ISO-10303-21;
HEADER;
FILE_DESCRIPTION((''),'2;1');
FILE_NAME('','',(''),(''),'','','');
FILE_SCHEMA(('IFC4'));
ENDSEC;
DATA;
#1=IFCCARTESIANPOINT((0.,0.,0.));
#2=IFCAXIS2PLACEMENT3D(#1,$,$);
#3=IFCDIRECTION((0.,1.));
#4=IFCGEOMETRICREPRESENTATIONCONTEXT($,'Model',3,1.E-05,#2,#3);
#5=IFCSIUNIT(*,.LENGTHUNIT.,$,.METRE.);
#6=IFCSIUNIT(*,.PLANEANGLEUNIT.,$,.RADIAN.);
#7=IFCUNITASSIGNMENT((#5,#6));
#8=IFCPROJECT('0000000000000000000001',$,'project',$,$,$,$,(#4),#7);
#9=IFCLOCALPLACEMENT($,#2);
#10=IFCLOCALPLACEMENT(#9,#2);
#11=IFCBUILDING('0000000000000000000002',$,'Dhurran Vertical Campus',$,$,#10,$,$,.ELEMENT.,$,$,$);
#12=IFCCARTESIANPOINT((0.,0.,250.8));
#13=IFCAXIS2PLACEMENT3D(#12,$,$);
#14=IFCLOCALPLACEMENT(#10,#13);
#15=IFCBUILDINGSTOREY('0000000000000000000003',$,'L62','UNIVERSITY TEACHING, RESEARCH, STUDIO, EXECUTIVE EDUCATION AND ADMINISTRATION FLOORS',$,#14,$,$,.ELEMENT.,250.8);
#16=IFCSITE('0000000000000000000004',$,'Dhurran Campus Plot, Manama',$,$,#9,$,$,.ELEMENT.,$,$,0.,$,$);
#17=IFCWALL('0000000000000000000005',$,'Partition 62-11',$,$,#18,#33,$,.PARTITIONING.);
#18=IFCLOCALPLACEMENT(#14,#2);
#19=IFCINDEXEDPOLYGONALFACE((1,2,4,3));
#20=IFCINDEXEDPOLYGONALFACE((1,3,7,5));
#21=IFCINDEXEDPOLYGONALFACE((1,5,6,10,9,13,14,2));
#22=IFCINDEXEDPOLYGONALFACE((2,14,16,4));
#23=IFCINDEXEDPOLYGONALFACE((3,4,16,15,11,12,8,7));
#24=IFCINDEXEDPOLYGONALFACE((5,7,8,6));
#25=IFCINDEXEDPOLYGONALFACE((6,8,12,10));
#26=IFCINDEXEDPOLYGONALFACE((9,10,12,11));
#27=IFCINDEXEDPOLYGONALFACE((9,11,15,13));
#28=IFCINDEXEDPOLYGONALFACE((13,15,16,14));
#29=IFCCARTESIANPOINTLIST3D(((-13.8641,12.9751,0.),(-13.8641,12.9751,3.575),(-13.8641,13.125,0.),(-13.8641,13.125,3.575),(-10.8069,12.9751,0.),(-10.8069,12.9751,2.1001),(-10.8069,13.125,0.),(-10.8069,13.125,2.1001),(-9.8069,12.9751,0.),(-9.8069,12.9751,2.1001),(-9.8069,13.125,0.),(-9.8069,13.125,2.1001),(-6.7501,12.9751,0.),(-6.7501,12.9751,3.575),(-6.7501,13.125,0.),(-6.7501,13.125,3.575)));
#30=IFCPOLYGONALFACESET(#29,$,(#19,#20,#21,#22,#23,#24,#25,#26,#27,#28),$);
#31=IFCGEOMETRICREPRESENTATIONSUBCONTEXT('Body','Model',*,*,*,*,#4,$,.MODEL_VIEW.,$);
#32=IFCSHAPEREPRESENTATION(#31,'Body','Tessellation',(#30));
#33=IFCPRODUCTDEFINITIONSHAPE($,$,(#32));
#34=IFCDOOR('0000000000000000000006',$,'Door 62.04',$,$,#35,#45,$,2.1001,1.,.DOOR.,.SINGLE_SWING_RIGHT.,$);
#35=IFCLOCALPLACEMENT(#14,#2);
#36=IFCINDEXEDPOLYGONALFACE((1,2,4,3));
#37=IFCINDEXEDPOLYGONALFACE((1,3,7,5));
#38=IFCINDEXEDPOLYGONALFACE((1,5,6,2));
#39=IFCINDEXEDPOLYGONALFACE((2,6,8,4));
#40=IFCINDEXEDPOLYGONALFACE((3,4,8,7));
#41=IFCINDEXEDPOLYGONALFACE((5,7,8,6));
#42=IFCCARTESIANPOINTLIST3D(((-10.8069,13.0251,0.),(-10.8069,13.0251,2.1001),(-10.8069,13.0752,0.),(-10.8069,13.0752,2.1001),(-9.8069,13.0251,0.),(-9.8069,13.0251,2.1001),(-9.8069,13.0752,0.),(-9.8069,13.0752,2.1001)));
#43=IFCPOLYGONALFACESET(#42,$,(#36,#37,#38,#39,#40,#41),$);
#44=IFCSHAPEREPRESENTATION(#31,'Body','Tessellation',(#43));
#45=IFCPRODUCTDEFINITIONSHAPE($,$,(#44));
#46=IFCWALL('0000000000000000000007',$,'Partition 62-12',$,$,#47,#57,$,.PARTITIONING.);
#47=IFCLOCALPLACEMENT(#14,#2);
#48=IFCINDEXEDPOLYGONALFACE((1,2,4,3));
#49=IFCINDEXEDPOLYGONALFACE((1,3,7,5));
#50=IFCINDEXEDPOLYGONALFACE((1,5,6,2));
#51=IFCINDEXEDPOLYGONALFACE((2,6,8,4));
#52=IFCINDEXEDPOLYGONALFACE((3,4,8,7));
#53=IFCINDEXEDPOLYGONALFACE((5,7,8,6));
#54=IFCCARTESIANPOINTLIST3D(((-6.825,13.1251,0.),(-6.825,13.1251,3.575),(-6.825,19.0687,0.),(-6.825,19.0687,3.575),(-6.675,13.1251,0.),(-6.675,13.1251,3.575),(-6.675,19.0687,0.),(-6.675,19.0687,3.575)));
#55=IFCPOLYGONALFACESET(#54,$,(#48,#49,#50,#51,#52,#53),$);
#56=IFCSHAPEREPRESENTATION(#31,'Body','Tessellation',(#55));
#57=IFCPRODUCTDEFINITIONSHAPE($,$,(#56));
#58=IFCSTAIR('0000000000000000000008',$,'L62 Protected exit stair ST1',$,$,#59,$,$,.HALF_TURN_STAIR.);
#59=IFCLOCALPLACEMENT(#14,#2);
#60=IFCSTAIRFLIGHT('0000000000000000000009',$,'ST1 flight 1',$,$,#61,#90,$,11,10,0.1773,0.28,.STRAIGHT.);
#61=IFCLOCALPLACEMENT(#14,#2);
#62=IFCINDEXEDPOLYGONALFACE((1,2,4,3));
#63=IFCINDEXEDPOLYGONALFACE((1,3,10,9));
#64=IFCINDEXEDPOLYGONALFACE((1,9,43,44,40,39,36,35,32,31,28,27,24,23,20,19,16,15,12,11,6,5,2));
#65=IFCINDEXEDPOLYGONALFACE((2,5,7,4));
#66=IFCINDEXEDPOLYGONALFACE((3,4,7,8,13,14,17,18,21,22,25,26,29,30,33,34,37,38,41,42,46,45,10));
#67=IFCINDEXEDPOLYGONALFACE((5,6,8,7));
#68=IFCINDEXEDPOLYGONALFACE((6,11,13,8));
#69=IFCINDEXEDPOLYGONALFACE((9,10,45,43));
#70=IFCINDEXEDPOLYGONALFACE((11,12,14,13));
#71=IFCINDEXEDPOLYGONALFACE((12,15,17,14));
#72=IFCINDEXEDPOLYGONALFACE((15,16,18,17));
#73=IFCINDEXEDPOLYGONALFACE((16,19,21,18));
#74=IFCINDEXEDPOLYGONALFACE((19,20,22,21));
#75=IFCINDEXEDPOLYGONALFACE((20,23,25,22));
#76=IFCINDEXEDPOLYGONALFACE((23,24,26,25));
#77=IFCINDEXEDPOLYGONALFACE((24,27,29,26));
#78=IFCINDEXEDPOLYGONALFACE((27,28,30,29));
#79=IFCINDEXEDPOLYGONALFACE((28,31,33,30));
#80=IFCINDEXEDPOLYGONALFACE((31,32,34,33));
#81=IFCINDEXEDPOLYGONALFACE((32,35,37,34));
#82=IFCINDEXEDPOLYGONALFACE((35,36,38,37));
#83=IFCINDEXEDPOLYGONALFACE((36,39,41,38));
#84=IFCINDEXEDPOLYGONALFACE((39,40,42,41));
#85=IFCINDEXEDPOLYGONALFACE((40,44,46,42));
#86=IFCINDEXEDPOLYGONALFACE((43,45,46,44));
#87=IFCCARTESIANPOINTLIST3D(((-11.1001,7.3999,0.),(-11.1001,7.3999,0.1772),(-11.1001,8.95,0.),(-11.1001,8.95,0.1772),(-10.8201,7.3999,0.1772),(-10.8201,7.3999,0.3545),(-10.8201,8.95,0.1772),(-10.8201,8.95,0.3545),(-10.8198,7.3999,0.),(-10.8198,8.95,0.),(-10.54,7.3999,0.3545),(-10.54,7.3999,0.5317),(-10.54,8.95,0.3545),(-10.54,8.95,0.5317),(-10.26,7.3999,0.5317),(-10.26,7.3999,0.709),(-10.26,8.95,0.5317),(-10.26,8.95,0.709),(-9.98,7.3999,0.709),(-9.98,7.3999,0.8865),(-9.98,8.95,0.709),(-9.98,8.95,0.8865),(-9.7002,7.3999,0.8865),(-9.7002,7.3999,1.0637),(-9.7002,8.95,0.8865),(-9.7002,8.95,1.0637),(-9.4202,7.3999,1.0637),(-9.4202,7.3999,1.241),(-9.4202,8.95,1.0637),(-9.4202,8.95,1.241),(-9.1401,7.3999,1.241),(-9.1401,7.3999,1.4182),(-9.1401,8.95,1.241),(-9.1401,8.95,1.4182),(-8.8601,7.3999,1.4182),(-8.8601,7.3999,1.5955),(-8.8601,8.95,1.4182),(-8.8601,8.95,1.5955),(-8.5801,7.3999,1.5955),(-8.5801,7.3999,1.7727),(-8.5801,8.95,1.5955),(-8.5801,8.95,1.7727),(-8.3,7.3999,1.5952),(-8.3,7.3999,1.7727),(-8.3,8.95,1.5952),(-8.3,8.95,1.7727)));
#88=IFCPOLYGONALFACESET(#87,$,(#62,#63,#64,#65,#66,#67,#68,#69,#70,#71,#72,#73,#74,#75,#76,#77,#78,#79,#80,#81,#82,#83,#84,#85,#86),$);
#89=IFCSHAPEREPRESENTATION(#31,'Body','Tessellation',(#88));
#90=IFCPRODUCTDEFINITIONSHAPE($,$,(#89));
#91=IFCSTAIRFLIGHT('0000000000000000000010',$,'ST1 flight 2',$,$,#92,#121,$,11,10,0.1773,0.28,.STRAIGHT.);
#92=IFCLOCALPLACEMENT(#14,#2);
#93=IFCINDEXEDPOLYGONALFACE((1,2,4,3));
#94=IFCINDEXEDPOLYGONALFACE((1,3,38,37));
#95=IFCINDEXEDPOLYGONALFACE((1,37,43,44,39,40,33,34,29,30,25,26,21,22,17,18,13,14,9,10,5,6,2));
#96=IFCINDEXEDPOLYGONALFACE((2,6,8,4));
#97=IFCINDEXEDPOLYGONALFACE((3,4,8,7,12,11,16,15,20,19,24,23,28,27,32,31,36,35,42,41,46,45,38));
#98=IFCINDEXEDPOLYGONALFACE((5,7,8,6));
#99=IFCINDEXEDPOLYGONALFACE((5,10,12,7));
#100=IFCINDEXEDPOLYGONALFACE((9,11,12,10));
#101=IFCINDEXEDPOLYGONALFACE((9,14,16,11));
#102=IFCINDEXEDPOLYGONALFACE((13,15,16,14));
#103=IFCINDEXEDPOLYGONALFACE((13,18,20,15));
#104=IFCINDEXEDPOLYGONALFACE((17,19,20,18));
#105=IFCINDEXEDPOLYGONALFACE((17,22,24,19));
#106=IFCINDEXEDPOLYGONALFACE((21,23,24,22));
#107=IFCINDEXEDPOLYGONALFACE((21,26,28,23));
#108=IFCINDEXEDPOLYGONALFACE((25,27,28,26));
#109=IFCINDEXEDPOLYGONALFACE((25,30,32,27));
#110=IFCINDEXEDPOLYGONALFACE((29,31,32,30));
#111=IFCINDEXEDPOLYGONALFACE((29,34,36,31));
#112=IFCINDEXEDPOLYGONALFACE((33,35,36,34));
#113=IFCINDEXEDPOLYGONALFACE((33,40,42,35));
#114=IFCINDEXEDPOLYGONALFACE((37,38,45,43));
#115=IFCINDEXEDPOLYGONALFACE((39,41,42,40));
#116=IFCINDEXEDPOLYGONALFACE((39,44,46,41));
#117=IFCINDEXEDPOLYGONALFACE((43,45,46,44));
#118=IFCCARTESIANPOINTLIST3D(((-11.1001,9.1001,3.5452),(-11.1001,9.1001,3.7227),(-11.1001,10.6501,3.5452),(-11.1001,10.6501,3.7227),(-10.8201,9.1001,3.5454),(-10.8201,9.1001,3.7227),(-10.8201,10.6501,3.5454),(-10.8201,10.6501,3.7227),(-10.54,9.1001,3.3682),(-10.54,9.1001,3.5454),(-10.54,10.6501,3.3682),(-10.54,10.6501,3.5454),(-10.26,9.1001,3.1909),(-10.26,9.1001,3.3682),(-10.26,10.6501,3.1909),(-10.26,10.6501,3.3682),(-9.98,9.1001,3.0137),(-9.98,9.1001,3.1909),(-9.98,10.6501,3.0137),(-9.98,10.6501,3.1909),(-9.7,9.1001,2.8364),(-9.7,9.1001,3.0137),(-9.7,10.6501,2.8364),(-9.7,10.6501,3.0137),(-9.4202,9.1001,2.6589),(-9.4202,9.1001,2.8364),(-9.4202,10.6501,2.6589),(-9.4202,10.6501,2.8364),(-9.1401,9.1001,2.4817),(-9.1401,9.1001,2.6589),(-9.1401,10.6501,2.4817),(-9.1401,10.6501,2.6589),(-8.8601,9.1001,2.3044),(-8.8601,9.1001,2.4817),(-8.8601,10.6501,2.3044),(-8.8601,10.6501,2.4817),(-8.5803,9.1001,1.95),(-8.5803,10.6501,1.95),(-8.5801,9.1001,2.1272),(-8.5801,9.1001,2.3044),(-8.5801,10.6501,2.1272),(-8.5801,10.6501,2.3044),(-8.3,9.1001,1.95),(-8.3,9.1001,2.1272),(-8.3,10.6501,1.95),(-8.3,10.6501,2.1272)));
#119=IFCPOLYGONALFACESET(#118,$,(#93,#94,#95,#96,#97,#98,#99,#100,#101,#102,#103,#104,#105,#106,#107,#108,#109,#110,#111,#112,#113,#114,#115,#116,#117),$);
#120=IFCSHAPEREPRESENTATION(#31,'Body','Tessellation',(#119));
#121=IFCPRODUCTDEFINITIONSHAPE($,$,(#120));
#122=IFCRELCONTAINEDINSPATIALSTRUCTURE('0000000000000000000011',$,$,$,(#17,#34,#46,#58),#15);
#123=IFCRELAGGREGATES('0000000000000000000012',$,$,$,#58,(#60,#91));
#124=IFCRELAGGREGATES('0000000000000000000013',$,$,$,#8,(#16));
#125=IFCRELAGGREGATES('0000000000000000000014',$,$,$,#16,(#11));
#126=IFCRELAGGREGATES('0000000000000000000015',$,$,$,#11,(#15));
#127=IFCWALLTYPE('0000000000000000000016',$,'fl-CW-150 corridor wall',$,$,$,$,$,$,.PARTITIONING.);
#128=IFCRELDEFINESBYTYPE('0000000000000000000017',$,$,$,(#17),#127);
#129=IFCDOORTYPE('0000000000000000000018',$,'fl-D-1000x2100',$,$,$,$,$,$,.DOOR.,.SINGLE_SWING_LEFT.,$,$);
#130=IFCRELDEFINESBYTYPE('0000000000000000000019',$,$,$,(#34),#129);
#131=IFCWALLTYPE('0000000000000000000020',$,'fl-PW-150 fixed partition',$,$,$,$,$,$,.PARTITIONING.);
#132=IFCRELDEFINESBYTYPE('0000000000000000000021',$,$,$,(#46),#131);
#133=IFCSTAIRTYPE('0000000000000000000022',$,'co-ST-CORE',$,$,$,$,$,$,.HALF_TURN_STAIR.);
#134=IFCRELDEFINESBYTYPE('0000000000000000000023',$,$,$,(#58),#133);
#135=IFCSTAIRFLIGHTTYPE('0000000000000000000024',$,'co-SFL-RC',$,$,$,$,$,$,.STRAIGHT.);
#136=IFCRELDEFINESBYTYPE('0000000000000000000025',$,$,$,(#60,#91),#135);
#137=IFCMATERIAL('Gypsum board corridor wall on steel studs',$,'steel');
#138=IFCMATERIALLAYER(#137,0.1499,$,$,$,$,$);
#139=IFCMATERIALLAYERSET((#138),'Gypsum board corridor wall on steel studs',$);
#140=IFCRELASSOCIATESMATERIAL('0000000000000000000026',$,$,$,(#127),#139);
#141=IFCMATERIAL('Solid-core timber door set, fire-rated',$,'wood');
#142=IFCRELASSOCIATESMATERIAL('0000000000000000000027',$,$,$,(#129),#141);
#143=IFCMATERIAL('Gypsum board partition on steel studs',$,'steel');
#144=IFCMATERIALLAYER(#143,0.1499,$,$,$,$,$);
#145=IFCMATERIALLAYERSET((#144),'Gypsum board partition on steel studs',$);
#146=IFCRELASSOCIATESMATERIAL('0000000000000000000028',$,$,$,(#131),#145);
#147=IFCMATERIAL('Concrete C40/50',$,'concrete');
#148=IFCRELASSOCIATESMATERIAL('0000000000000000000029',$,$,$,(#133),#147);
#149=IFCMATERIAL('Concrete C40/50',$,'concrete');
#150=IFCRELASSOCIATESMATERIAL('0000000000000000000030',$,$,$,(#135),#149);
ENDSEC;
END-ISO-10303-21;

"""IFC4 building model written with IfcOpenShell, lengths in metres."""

from ifc_helpers import new_model, si_unit, direction, frame, frame_2d, origin, place, context, subcontext, project, spatial, polyline, rectangle, outline, extrude, material, layer, layer_set, type_object, element, fill, aggregate, save


model = new_model("IFC4")

# Units and contexts
model_context = context("Model", 3, precision=1e-05, world=origin(), true_north=direction((0.0, 1.0)))
body_context = subcontext(model_context, "Body", "Model", "MODEL_VIEW")
ifc_project = project(units=[si_unit("LENGTHUNIT", "METRE"), si_unit("PLANEANGLEUNIT", "RADIAN")], contexts=[model_context])

# Site, building, storey
site_placement = place(None, origin())
site = spatial("IfcSite", under=ifc_project, at=site_placement, Name="Dhurran Campus Plot, Manama", CompositionType="ELEMENT", RefElevation=0.0)
building_placement = place(site_placement, origin())
building = spatial("IfcBuilding", under=site, at=building_placement, Name="Dhurran Vertical Campus", CompositionType="ELEMENT")
storey_placement = place(building_placement, frame((0.0, 0.0, 250.8)))
storey = spatial("IfcBuildingStorey", under=building, at=storey_placement, Name="L62", Description="UNIVERSITY TEACHING, RESEARCH, STUDIO, EXECUTIVE EDUCATION AND ADMINISTRATION FLOORS", CompositionType="ELEMENT", Elevation=250.8)

# Wall, opening, door
ifc_material_1 = material(Name="Gypsum board corridor wall on steel studs", Category="steel")
ifc_layer_1 = layer(ifc_material_1, 0.1499)
ifc_layer_set_1 = layer_set([ifc_layer_1], Name="Gypsum board corridor wall on steel studs")
wall_type_1 = type_object("IfcWallType", Name="fl-CW-150 corridor wall", PredefinedType="PARTITIONING", material=ifc_layer_set_1)
wall_1_placement = place(storey_placement, frame((-6.75, 13.05, 0.0), z_axis=(0.0, 0.0, 1.0), x_axis=(-1.0, 0.0, 0.0)))
wall_1 = element("IfcWall", 1, at=wall_1_placement, inside=storey, type_object=wall_type_1, Name="Partition 62-11", PredefinedType="PARTITIONING", context=body_context, shape_type="SweptSolid", body=[
    extrude(rectangle(XDim=7.114, YDim=0.1499, at=frame_2d((3.5571, 0.0))), origin(), (0.0, 0.0, 1.0), 3.575),
])
opening_1_placement = place(wall_1_placement, frame((3.0569, 0.0, 0.0)))
opening_1 = element("IfcOpeningElement", 2, at=opening_1_placement, cuts=wall_1, PredefinedType="OPENING", context=body_context, shape_type="SweptSolid", body=[
    extrude(rectangle(XDim=1.0, YDim=2.1001, at=frame_2d((0.5, 1.05))), frame((0.0, 0.085, 0.0), z_axis=(0.0, -1.0, 0.0), x_axis=(1.0, 0.0, 0.0)), (0.0, 0.0, 1.0), 0.1699),
])
ifc_material_2 = material(Name="Solid-core timber door set, fire-rated", Category="wood")
door_type_1 = type_object("IfcDoorType", Name="fl-D-1000x2100", OperationType="SINGLE_SWING_LEFT", PredefinedType="DOOR", material=ifc_material_2)
door_1_placement = place(opening_1_placement, origin())
door_1 = element("IfcDoor", 3, at=door_1_placement, inside=storey, type_object=door_type_1, Name="Door 62.04", OperationType="SINGLE_SWING_RIGHT", OverallHeight=2.1001, OverallWidth=1.0, PredefinedType="DOOR", context=body_context, shape_type="SweptSolid", body=[
    extrude(rectangle(XDim=1.0, YDim=2.1001, at=frame_2d((0.5, 1.05))), frame((0.0, 0.0249, 0.0), z_axis=(0.0, -1.0, 0.0), x_axis=(1.0, 0.0, 0.0)), (0.0, 0.0, 1.0), 0.05),
])
fill(opening_1, door_1)

# Wall
ifc_material_3 = material(Name="Gypsum board partition on steel studs", Category="steel")
ifc_layer_2 = layer(ifc_material_3, 0.1499)
ifc_layer_set_2 = layer_set([ifc_layer_2], Name="Gypsum board partition on steel studs")
wall_type_2 = type_object("IfcWallType", Name="fl-PW-150 fixed partition", PredefinedType="PARTITIONING", material=ifc_layer_set_2)
wall_2_placement = place(storey_placement, frame((-6.75, 19.0686, 0.0), z_axis=(0.0, 0.0, 1.0), x_axis=(0.0, -1.0, 0.0)))
element("IfcWall", 4, at=wall_2_placement, inside=storey, type_object=wall_type_2, Name="Partition 62-12", PredefinedType="PARTITIONING", context=body_context, shape_type="SweptSolid", body=[
    extrude(rectangle(XDim=5.9436, YDim=0.1499, at=frame_2d((2.9717, 0.0))), origin(), (0.0, 0.0, 1.0), 3.575),
])

# Stair, stair flights
ifc_material_4 = material(Name="Concrete C40/50", Category="concrete")
stair_type = type_object("IfcStairType", Name="co-ST-CORE", PredefinedType="HALF_TURN_STAIR", material=ifc_material_4)
stair_placement = place(storey_placement, origin())
stair = element("IfcStair", 5, at=stair_placement, inside=storey, type_object=stair_type, Name="L62 Protected exit stair ST1", PredefinedType="HALF_TURN_STAIR")
ifc_material_5 = material(Name="Concrete C40/50", Category="concrete")
stair_flight_type = type_object("IfcStairFlightType", Name="co-SFL-RC", PredefinedType="STRAIGHT", material=ifc_material_5)
stair_flight_1_placement = place(storey_placement, frame((-11.1001, 8.175, 0.0), z_axis=(0.0, 0.0, 1.0), x_axis=(1.0, 0.0, 0.0)))
stair_flight_1 = element("IfcStairFlight", 6, at=stair_flight_1_placement, type_object=stair_flight_type, Name="ST1 flight 1", NumberOfRisers=11, NumberOfTreads=10, PredefinedType="STRAIGHT", RiserHeight=0.1773, TreadLength=0.28, context=body_context, shape_type="SweptSolid", body=[
    extrude(outline(polyline([(0.0, 0.0), (0.0, 0.1772), (0.28, 0.1772), (0.28, 0.3545), (0.5601, 0.3545), (0.5601, 0.5317), (0.8401, 0.5317), (0.8401, 0.709), (1.1201, 0.709), (1.1201, 0.8865), (1.3999, 0.8865), (1.3999, 1.0637), (1.6799, 1.0637), (1.6799, 1.241), (1.96, 1.241), (1.96, 1.4182), (2.24, 1.4182), (2.24, 1.5955), (2.52, 1.5955), (2.52, 1.7727), (2.8, 1.7727), (2.8, 1.95), (2.8, 1.5952), (0.2803, 0.0), (0.0, 0.0)])), frame((0.0, 0.7749, 0.0), z_axis=(0.0, -1.0, 0.0), x_axis=(1.0, 0.0, 0.0)), (0.0, 0.0, 1.0), 1.55),
])
stair_flight_2_placement = place(storey_placement, frame((-8.3, 9.875, 1.95), z_axis=(0.0, 0.0, 1.0), x_axis=(-1.0, 0.0, 0.0)))
stair_flight_2 = element("IfcStairFlight", 7, at=stair_flight_2_placement, type_object=stair_flight_type, Name="ST1 flight 2", NumberOfRisers=11, NumberOfTreads=10, PredefinedType="STRAIGHT", RiserHeight=0.1773, TreadLength=0.28, context=body_context, shape_type="SweptSolid", body=[
    extrude(outline(polyline([(0.0, 0.0), (0.0, 0.1772), (0.28, 0.1772), (0.28, 0.3545), (0.5601, 0.3545), (0.5601, 0.5317), (0.8401, 0.5317), (0.8401, 0.709), (1.1201, 0.709), (1.1201, 0.8865), (1.3999, 0.8865), (1.3999, 1.0637), (1.6799, 1.0637), (1.6799, 1.241), (1.96, 1.241), (1.96, 1.4182), (2.24, 1.4182), (2.24, 1.5955), (2.52, 1.5955), (2.52, 1.7727), (2.8, 1.7727), (2.8, 1.95), (2.8, 1.5952), (0.2803, 0.0), (0.0, 0.0)])), frame((0.0, 0.7749, 0.0), z_axis=(0.0, -1.0, 0.0), x_axis=(1.0, 0.0, 0.0)), (0.0, 0.0, 1.0), 1.55),
])
aggregate(stair, [stair_flight_1, stair_flight_2])

save(model, "model.ifc")
